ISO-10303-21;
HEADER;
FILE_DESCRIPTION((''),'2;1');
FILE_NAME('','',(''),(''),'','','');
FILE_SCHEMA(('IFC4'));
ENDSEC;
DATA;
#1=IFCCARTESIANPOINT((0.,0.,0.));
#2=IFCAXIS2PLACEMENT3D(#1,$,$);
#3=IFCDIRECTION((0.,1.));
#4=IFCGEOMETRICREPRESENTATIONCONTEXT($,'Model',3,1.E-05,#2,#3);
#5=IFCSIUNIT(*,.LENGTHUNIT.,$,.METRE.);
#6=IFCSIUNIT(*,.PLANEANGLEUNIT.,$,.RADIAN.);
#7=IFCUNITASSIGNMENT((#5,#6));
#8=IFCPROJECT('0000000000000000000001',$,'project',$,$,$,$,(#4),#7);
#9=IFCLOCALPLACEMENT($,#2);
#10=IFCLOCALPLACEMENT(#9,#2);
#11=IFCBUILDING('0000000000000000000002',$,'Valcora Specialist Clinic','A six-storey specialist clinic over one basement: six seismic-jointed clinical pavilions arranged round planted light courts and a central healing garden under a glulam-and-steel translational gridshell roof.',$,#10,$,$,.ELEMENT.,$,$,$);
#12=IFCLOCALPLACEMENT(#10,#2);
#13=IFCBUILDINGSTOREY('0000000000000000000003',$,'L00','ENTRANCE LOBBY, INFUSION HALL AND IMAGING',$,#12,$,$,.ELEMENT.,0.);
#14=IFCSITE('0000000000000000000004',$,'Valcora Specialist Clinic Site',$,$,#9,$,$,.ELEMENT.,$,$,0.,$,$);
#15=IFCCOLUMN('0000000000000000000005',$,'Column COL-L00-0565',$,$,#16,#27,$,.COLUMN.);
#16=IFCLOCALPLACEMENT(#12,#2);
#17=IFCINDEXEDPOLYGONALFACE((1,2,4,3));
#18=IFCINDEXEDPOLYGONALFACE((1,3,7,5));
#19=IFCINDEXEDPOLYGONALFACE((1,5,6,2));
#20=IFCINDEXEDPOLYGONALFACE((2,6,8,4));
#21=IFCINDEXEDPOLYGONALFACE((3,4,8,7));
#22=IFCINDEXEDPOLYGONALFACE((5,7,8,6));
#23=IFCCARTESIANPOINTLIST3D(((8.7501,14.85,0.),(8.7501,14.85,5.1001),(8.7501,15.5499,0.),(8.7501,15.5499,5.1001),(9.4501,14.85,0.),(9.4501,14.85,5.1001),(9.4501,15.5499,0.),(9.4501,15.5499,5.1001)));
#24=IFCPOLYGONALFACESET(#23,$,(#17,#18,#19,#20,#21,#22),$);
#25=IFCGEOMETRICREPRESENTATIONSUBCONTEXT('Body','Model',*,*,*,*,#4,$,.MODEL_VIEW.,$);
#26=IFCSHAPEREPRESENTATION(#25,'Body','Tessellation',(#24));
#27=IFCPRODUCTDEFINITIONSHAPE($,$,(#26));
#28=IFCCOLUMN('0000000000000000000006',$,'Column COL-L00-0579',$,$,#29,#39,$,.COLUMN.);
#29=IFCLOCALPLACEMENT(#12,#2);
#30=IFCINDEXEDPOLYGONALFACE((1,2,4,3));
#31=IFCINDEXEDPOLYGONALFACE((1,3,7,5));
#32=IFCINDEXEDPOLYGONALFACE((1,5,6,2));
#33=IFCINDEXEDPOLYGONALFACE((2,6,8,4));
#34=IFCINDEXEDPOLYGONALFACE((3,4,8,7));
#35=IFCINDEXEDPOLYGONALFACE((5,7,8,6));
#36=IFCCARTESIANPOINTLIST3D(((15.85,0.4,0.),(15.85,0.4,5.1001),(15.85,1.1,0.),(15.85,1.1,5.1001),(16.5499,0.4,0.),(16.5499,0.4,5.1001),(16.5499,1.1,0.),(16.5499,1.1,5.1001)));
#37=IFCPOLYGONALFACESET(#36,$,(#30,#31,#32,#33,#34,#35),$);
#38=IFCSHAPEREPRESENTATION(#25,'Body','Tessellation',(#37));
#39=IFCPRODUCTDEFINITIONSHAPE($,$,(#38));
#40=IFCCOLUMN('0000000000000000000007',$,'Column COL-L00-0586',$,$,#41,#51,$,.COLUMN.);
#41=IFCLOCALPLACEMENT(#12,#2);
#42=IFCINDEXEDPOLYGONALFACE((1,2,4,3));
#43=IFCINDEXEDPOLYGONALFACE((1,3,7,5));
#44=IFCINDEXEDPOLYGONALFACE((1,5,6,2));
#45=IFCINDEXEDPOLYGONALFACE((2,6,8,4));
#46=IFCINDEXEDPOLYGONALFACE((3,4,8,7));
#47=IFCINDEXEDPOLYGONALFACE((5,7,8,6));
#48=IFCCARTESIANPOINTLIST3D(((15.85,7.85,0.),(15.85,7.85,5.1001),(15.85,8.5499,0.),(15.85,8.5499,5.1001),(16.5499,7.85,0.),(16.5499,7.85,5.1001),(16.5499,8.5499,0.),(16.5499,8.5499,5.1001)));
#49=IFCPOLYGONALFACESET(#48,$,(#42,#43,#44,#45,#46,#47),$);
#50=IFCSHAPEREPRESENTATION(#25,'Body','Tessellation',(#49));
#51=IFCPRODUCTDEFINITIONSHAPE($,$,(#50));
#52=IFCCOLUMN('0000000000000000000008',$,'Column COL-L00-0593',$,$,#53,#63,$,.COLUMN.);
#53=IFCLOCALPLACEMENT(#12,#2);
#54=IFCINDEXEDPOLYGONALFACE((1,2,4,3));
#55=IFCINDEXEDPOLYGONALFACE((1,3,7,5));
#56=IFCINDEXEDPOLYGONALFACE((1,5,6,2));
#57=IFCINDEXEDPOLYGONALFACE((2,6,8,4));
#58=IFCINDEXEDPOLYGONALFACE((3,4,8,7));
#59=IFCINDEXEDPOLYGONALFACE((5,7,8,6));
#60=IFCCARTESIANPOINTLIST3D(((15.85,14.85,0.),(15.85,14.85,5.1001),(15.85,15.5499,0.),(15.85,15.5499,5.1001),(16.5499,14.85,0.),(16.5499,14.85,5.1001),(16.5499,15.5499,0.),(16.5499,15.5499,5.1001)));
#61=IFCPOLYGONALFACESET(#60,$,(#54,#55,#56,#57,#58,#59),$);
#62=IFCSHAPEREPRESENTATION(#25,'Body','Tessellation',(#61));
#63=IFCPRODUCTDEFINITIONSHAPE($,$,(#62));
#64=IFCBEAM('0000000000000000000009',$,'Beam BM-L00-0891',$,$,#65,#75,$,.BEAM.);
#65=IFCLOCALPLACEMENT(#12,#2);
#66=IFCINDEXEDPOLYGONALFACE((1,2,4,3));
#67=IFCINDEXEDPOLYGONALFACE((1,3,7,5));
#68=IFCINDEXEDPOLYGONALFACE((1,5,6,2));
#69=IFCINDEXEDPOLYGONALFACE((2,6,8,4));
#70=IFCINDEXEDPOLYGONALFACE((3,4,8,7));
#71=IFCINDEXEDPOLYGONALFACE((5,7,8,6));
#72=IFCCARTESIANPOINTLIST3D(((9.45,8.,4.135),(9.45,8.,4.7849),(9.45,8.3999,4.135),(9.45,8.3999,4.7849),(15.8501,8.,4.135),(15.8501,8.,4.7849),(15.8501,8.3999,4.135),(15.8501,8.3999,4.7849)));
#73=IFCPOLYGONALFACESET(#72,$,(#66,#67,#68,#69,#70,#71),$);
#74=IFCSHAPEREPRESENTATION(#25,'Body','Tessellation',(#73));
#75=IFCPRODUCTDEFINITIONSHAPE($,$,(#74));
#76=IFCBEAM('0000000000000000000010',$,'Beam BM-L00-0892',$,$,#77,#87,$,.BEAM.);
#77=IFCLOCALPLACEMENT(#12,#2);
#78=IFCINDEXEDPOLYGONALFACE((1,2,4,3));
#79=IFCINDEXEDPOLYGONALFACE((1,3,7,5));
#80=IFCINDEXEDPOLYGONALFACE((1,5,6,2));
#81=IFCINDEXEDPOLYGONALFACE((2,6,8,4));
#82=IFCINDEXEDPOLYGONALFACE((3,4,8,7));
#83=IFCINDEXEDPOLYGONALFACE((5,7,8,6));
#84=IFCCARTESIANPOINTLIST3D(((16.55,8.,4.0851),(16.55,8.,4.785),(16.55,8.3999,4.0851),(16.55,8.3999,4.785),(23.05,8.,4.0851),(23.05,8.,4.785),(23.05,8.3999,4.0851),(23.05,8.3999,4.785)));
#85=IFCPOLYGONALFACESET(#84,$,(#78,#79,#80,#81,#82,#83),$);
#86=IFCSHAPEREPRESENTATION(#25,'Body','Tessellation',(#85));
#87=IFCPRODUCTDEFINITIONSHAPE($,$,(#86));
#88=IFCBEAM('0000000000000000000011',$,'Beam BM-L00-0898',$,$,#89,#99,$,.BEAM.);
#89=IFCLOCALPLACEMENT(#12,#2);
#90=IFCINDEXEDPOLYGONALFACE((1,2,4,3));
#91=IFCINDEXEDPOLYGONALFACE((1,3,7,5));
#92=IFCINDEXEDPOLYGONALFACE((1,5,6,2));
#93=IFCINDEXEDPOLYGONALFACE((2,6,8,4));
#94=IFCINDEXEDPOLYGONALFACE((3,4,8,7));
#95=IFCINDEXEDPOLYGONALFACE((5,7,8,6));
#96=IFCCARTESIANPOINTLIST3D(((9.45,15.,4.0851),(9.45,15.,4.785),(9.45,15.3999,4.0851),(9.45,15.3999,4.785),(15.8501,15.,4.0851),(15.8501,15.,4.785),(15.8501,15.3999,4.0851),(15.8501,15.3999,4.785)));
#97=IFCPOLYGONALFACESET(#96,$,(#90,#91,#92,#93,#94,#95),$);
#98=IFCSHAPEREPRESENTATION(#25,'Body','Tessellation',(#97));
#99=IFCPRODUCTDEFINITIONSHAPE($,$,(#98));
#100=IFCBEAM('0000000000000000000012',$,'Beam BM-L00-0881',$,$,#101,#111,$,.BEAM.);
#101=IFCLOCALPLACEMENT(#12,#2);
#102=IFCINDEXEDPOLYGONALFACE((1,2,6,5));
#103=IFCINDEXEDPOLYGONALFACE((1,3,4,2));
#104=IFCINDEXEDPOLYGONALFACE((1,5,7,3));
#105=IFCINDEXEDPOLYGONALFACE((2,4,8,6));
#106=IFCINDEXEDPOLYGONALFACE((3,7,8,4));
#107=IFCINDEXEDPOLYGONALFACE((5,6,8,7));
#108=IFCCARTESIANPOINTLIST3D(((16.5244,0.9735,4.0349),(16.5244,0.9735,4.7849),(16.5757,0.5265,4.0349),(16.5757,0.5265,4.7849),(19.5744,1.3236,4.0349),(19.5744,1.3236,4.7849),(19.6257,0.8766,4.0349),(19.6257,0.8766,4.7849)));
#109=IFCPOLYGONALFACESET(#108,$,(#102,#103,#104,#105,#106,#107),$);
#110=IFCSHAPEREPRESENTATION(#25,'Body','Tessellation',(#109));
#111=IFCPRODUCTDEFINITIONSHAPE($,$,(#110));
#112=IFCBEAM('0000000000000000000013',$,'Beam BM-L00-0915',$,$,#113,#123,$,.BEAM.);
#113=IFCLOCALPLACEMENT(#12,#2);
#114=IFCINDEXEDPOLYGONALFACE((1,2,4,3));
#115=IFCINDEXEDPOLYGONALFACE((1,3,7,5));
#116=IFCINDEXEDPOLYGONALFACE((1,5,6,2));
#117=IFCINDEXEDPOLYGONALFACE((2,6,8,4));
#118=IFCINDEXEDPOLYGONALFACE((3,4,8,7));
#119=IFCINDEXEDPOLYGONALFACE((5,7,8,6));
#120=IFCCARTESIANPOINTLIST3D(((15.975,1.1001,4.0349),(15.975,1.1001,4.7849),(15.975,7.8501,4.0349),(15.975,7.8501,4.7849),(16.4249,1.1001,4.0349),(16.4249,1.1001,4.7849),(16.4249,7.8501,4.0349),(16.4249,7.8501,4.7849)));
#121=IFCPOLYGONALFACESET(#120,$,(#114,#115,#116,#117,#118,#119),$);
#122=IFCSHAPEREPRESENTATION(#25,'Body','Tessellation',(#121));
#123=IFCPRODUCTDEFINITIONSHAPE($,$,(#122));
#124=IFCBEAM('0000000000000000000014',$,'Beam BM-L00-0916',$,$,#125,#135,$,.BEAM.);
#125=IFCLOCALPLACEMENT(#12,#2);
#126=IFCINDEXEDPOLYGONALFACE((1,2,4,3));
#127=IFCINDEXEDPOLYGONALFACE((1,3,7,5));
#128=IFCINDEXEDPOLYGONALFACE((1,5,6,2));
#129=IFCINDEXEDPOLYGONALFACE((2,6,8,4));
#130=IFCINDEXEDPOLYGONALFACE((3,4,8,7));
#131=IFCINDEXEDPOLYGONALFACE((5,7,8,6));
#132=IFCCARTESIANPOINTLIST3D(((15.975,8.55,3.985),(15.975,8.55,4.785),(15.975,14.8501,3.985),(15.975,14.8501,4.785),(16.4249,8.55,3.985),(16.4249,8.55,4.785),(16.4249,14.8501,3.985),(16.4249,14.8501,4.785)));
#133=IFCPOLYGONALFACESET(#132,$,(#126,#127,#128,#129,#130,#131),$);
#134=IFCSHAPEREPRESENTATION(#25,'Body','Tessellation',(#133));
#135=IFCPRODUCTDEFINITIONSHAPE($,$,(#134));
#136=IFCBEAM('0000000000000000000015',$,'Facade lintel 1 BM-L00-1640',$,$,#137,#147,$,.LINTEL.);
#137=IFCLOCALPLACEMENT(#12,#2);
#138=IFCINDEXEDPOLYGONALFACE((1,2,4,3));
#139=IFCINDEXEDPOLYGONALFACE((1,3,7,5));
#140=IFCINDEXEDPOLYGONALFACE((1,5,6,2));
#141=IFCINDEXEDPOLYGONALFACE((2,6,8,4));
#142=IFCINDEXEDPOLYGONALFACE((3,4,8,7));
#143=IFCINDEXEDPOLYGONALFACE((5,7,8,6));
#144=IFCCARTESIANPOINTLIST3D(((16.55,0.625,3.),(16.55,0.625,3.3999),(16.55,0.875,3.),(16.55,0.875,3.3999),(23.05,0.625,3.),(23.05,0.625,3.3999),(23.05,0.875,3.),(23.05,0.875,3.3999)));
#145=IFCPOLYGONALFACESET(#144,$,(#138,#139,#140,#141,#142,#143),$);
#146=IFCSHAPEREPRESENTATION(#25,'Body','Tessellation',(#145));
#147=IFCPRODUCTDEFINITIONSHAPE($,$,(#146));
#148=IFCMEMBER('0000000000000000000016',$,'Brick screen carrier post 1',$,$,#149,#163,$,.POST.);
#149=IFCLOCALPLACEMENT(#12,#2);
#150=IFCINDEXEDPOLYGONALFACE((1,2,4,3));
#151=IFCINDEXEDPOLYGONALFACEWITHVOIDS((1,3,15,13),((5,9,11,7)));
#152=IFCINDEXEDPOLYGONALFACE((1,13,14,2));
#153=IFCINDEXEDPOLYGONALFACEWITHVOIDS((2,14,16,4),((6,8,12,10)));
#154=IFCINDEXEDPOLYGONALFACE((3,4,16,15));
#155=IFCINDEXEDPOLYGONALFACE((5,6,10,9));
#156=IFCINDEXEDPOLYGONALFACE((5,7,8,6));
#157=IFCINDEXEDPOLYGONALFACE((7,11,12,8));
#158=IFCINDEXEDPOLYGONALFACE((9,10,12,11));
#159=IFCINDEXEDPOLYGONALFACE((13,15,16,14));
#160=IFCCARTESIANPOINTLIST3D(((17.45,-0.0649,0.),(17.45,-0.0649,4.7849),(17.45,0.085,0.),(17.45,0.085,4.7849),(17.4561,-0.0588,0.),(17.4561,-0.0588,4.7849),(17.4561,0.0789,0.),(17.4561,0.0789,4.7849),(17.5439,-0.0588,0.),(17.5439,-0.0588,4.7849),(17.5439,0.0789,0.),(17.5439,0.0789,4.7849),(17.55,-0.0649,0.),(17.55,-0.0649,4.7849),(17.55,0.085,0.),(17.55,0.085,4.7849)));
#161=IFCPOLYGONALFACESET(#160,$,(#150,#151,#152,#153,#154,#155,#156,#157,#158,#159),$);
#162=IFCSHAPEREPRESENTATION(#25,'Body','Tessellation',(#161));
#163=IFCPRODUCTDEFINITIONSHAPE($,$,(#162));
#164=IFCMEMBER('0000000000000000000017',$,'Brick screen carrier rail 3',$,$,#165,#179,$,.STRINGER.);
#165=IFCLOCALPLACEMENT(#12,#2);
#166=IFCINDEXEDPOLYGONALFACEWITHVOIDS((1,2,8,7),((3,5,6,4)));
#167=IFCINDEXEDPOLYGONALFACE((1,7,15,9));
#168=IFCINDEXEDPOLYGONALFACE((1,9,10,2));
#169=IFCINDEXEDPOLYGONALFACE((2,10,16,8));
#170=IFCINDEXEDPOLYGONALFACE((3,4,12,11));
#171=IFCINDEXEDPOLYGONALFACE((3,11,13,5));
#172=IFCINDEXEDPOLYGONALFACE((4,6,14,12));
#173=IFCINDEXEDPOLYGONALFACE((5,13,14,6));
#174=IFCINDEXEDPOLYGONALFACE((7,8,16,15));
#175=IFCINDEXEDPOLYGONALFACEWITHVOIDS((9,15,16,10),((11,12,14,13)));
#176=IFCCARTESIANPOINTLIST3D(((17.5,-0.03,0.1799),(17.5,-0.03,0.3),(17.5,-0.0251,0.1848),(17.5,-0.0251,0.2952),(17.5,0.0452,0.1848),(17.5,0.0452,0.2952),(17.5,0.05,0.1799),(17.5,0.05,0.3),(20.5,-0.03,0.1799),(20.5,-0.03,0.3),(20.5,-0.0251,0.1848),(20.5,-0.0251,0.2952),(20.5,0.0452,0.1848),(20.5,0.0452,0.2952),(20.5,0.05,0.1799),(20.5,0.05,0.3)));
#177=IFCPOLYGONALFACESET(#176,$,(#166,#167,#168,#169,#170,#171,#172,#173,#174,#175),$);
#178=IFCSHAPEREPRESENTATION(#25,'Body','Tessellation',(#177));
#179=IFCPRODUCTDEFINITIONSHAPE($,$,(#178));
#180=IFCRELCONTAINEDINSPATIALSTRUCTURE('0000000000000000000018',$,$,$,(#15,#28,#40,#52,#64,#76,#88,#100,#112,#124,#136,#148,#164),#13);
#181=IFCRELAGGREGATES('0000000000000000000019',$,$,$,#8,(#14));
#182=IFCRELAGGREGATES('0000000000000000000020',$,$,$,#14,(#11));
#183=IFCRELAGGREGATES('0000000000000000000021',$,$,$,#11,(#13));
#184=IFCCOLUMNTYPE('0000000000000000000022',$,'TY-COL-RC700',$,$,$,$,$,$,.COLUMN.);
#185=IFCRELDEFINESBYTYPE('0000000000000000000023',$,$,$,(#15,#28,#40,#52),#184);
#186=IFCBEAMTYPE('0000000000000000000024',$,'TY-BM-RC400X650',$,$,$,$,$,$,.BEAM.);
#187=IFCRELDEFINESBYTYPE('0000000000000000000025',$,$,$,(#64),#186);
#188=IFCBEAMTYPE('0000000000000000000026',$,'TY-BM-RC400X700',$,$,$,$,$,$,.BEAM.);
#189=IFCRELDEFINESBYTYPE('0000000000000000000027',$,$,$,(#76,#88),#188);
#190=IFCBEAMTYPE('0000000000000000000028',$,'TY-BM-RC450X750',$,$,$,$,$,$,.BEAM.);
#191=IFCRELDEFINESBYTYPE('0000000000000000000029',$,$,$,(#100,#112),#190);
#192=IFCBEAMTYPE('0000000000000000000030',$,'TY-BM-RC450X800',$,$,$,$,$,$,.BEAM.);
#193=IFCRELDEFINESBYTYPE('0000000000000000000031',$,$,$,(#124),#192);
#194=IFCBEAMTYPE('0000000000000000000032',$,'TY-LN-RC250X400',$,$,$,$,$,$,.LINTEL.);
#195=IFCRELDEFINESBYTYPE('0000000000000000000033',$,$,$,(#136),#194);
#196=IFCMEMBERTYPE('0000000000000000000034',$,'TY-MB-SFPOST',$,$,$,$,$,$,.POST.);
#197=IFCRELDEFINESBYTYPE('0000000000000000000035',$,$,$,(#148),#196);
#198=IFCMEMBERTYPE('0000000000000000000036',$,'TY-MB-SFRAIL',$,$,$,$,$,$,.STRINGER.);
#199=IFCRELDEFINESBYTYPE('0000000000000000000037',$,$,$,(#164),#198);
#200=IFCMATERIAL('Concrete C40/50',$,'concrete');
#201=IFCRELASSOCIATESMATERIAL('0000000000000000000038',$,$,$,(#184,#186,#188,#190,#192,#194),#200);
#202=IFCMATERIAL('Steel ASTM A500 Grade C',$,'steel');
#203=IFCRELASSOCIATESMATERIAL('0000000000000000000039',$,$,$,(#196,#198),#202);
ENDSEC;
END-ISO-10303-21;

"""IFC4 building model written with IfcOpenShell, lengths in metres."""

from ifc_helpers import new_model, si_unit, direction, frame, origin, origin_2d, place, context, subcontext, project, spatial, rectangle, hollow_rectangle, extrude, material, material_profile, profile_set, type_object, element, save


model = new_model("IFC4")

# Units and contexts
model_context = context("Model", 3, precision=1e-05, world=origin(), true_north=direction((0.0, 1.0)))
body_context = subcontext(model_context, "Body", "Model", "MODEL_VIEW")
ifc_project = project(units=[si_unit("LENGTHUNIT", "METRE"), si_unit("PLANEANGLEUNIT", "RADIAN")], contexts=[model_context])

# Site, building, storey
site_placement = place(None, origin())
site = spatial("IfcSite", under=ifc_project, at=site_placement, Name="Valcora Specialist Clinic Site", CompositionType="ELEMENT", RefElevation=0.0)
building_placement = place(site_placement, origin())
building = spatial("IfcBuilding", under=site, at=building_placement, Name="Valcora Specialist Clinic", Description="A six-storey specialist clinic over one basement: six seismic-jointed clinical pavilions arranged round planted light courts and a central healing garden under a glulam-and-steel translational gridshell roof.", CompositionType="ELEMENT")
storey_placement = place(building_placement, origin())
storey = spatial("IfcBuildingStorey", under=building, at=storey_placement, Name="L00", Description="ENTRANCE LOBBY, INFUSION HALL AND IMAGING", CompositionType="ELEMENT", Elevation=0.0)

# Columns
ifc_material_1 = material(Name="Concrete C40/50", Category="concrete")
ifc_material_profile_1 = material_profile(ifc_material_1, rectangle(XDim=0.7, YDim=0.7, at=origin_2d()), Name="RC-COL-700X700")
ifc_profile_set_1 = profile_set([ifc_material_profile_1], Name="Concrete C40/50")
column_type = type_object("IfcColumnType", Name="TY-COL-RC700", PredefinedType="COLUMN", material=ifc_profile_set_1)
for number, where, z_axis, x_axis, name in (
    (1, (9.1001, 15.2, 0.0), (0.0, 0.0, 1.0), (1.0, 0.0, 0.0), "Column COL-L00-0565"),
    (2, (16.2, 0.75, 0.0), (0.0, 0.0, 1.0), (1.0, 0.0, 0.0), "Column COL-L00-0579"),
    (3, (16.2, 8.2, 0.0), (0.0, 0.0, 1.0), (1.0, 0.0, 0.0), "Column COL-L00-0586"),
    (4, (16.2, 15.2, 0.0), (0.0, 0.0, 1.0), (1.0, 0.0, 0.0), "Column COL-L00-0593"),
):
    element("IfcColumn", number, at=place(storey_placement, frame(where, z_axis=z_axis, x_axis=x_axis)), inside=storey, type_object=column_type, Name=name, PredefinedType="COLUMN", context=body_context, shape_type="SweptSolid", body=[
        extrude(rectangle(XDim=0.7, YDim=0.7, at=origin_2d()), origin(), (0.0, 0.0, 1.0), 5.1001),
    ])

# Beams
ifc_material_profile_2 = material_profile(ifc_material_1, rectangle(XDim=0.3999, YDim=0.6499, at=origin_2d()), Name="RC-BM-400X650")
ifc_profile_set_2 = profile_set([ifc_material_profile_2], Name="Concrete C40/50")
beam_type_1 = type_object("IfcBeamType", Name="TY-BM-RC400X650", PredefinedType="BEAM", material=ifc_profile_set_2)
beam_1_placement = place(storey_placement, frame((9.45, 8.2, 4.46), z_axis=(1.0, 0.0, 0.0), x_axis=(0.0, 1.0, 0.0)))
element("IfcBeam", 5, at=beam_1_placement, inside=storey, type_object=beam_type_1, Name="Beam BM-L00-0891", PredefinedType="BEAM", context=body_context, shape_type="SweptSolid", body=[
    extrude(rectangle(XDim=0.3999, YDim=0.6499, at=origin_2d()), origin(), (0.0, 0.0, 1.0), 6.4001),
])
ifc_material_profile_3 = material_profile(ifc_material_1, rectangle(XDim=0.3999, YDim=0.7, at=origin_2d()), Name="RC-BM-400X700")
ifc_profile_set_3 = profile_set([ifc_material_profile_3], Name="Concrete C40/50")
beam_type_2 = type_object("IfcBeamType", Name="TY-BM-RC400X700", PredefinedType="BEAM", material=ifc_profile_set_3)
beam_2_placement = place(storey_placement, frame((16.55, 8.2, 4.4351), z_axis=(1.0, 0.0, 0.0), x_axis=(0.0, 1.0, 0.0)))
element("IfcBeam", 6, at=beam_2_placement, inside=storey, type_object=beam_type_2, Name="Beam BM-L00-0892", PredefinedType="BEAM", context=body_context, shape_type="SweptSolid", body=[
    extrude(rectangle(XDim=0.3999, YDim=0.7, at=origin_2d()), origin(), (0.0, 0.0, 1.0), 6.5),
])
beam_3_placement = place(storey_placement, frame((9.45, 15.2, 4.4351), z_axis=(1.0, 0.0, 0.0), x_axis=(0.0, 1.0, 0.0)))
element("IfcBeam", 7, at=beam_3_placement, inside=storey, type_object=beam_type_2, Name="Beam BM-L00-0898", PredefinedType="BEAM", context=body_context, shape_type="SweptSolid", body=[
    extrude(rectangle(XDim=0.3999, YDim=0.7, at=origin_2d()), origin(), (0.0, 0.0, 1.0), 6.4001),
])
ifc_material_profile_4 = material_profile(ifc_material_1, rectangle(XDim=0.45, YDim=0.75, at=origin_2d()), Name="RC-BM-450X750")
ifc_profile_set_4 = profile_set([ifc_material_profile_4], Name="Concrete C40/50")
beam_type_3 = type_object("IfcBeamType", Name="TY-BM-RC450X750", PredefinedType="BEAM", material=ifc_profile_set_4)
beam_4_placement = place(storey_placement, frame((16.55, 0.75, 4.4099), z_axis=(0.993477, 0.114036, 0.0), x_axis=(-0.114036, 0.993477, 0.0)))
element("IfcBeam", 8, at=beam_4_placement, inside=storey, type_object=beam_type_3, Name="Beam BM-L00-0881", PredefinedType="BEAM", context=body_context, shape_type="SweptSolid", body=[
    extrude(rectangle(XDim=0.45, YDim=0.75, at=origin_2d()), origin(), (0.0, 0.0, 1.0), 3.0701),
])
beam_5_placement = place(storey_placement, frame((16.2, 1.1001, 4.4099), z_axis=(0.0, 1.0, 0.0), x_axis=(-1.0, 0.0, 0.0)))
element("IfcBeam", 9, at=beam_5_placement, inside=storey, type_object=beam_type_3, Name="Beam BM-L00-0915", PredefinedType="BEAM", context=body_context, shape_type="SweptSolid", body=[
    extrude(rectangle(XDim=0.45, YDim=0.75, at=origin_2d()), origin(), (0.0, 0.0, 1.0), 6.75),
])
ifc_material_profile_5 = material_profile(ifc_material_1, rectangle(XDim=0.45, YDim=0.8, at=origin_2d()), Name="RC-BM-450X800")
ifc_profile_set_5 = profile_set([ifc_material_profile_5], Name="Concrete C40/50")
beam_type_4 = type_object("IfcBeamType", Name="TY-BM-RC450X800", PredefinedType="BEAM", material=ifc_profile_set_5)
beam_6_placement = place(storey_placement, frame((16.2, 8.55, 4.385), z_axis=(0.0, 1.0, 0.0), x_axis=(-1.0, 0.0, 0.0)))
element("IfcBeam", 10, at=beam_6_placement, inside=storey, type_object=beam_type_4, Name="Beam BM-L00-0916", PredefinedType="BEAM", context=body_context, shape_type="SweptSolid", body=[
    extrude(rectangle(XDim=0.45, YDim=0.8, at=origin_2d()), origin(), (0.0, 0.0, 1.0), 6.3),
])
ifc_material_profile_6 = material_profile(ifc_material_1, rectangle(XDim=0.25, YDim=0.3999, at=origin_2d()), Name="RC-LN-250X400")
ifc_profile_set_6 = profile_set([ifc_material_profile_6], Name="Concrete C40/50")
beam_type_5 = type_object("IfcBeamType", Name="TY-LN-RC250X400", PredefinedType="LINTEL", material=ifc_profile_set_6)
beam_7_placement = place(storey_placement, frame((16.55, 0.75, 3.2), z_axis=(1.0, 0.0, 0.0), x_axis=(0.0, 1.0, 0.0)))
element("IfcBeam", 11, at=beam_7_placement, inside=storey, type_object=beam_type_5, Name="Facade lintel 1 BM-L00-1640", PredefinedType="LINTEL", context=body_context, shape_type="SweptSolid", body=[
    extrude(rectangle(XDim=0.25, YDim=0.3999, at=origin_2d()), origin(), (0.0, 0.0, 1.0), 6.5),
])

# Members
ifc_material_2 = material(Name="Steel ASTM A500 Grade C", Category="steel")
ifc_material_profile_7 = material_profile(ifc_material_2, hollow_rectangle(XDim=0.1001, YDim=0.1499, WallThickness=0.0061, at=origin_2d()), Name="ST-RHS-150X100X6")
ifc_profile_set_7 = profile_set([ifc_material_profile_7], Name="Steel ASTM A500 Grade C")
member_type_1 = type_object("IfcMemberType", Name="TY-MB-SFPOST", PredefinedType="POST", material=ifc_profile_set_7)
member_placement = place(storey_placement, frame((17.5, 0.01, 0.0), z_axis=(0.0, 0.0, 1.0), x_axis=(1.0, 0.0, 0.0)))
element("IfcMember", 12, at=member_placement, inside=storey, type_object=member_type_1, Name="Brick screen carrier post 1", PredefinedType="POST", context=body_context, shape_type="SweptSolid", body=[
    extrude(hollow_rectangle(XDim=0.1001, YDim=0.1499, WallThickness=0.0061, at=origin_2d()), origin(), (0.0, 0.0, 1.0), 4.7849),
])
ifc_material_profile_8 = material_profile(ifc_material_2, hollow_rectangle(XDim=0.0801, YDim=0.1201, WallThickness=0.0049, at=origin_2d()), Name="ST-RHS-120X80X5")
ifc_profile_set_8 = profile_set([ifc_material_profile_8], Name="Steel ASTM A500 Grade C")
member_type_2 = type_object("IfcMemberType", Name="TY-MB-SFRAIL", PredefinedType="STRINGER", material=ifc_profile_set_8)
for number, where, z_axis, x_axis, name in (
    (13, (17.5, 0.01, 0.24), (1.0, 0.0, 0.0), (0.0, 1.0, 0.0), "Brick screen carrier rail 3"),
):
    element("IfcMember", number, at=place(storey_placement, frame(where, z_axis=z_axis, x_axis=x_axis)), inside=storey, type_object=member_type_2, Name=name, PredefinedType="STRINGER", context=body_context, shape_type="SweptSolid", body=[
        extrude(hollow_rectangle(XDim=0.0801, YDim=0.1201, WallThickness=0.0049, at=origin_2d()), origin(), (0.0, 0.0, 1.0), 3.0),
    ])

save(model, "model.ifc")
